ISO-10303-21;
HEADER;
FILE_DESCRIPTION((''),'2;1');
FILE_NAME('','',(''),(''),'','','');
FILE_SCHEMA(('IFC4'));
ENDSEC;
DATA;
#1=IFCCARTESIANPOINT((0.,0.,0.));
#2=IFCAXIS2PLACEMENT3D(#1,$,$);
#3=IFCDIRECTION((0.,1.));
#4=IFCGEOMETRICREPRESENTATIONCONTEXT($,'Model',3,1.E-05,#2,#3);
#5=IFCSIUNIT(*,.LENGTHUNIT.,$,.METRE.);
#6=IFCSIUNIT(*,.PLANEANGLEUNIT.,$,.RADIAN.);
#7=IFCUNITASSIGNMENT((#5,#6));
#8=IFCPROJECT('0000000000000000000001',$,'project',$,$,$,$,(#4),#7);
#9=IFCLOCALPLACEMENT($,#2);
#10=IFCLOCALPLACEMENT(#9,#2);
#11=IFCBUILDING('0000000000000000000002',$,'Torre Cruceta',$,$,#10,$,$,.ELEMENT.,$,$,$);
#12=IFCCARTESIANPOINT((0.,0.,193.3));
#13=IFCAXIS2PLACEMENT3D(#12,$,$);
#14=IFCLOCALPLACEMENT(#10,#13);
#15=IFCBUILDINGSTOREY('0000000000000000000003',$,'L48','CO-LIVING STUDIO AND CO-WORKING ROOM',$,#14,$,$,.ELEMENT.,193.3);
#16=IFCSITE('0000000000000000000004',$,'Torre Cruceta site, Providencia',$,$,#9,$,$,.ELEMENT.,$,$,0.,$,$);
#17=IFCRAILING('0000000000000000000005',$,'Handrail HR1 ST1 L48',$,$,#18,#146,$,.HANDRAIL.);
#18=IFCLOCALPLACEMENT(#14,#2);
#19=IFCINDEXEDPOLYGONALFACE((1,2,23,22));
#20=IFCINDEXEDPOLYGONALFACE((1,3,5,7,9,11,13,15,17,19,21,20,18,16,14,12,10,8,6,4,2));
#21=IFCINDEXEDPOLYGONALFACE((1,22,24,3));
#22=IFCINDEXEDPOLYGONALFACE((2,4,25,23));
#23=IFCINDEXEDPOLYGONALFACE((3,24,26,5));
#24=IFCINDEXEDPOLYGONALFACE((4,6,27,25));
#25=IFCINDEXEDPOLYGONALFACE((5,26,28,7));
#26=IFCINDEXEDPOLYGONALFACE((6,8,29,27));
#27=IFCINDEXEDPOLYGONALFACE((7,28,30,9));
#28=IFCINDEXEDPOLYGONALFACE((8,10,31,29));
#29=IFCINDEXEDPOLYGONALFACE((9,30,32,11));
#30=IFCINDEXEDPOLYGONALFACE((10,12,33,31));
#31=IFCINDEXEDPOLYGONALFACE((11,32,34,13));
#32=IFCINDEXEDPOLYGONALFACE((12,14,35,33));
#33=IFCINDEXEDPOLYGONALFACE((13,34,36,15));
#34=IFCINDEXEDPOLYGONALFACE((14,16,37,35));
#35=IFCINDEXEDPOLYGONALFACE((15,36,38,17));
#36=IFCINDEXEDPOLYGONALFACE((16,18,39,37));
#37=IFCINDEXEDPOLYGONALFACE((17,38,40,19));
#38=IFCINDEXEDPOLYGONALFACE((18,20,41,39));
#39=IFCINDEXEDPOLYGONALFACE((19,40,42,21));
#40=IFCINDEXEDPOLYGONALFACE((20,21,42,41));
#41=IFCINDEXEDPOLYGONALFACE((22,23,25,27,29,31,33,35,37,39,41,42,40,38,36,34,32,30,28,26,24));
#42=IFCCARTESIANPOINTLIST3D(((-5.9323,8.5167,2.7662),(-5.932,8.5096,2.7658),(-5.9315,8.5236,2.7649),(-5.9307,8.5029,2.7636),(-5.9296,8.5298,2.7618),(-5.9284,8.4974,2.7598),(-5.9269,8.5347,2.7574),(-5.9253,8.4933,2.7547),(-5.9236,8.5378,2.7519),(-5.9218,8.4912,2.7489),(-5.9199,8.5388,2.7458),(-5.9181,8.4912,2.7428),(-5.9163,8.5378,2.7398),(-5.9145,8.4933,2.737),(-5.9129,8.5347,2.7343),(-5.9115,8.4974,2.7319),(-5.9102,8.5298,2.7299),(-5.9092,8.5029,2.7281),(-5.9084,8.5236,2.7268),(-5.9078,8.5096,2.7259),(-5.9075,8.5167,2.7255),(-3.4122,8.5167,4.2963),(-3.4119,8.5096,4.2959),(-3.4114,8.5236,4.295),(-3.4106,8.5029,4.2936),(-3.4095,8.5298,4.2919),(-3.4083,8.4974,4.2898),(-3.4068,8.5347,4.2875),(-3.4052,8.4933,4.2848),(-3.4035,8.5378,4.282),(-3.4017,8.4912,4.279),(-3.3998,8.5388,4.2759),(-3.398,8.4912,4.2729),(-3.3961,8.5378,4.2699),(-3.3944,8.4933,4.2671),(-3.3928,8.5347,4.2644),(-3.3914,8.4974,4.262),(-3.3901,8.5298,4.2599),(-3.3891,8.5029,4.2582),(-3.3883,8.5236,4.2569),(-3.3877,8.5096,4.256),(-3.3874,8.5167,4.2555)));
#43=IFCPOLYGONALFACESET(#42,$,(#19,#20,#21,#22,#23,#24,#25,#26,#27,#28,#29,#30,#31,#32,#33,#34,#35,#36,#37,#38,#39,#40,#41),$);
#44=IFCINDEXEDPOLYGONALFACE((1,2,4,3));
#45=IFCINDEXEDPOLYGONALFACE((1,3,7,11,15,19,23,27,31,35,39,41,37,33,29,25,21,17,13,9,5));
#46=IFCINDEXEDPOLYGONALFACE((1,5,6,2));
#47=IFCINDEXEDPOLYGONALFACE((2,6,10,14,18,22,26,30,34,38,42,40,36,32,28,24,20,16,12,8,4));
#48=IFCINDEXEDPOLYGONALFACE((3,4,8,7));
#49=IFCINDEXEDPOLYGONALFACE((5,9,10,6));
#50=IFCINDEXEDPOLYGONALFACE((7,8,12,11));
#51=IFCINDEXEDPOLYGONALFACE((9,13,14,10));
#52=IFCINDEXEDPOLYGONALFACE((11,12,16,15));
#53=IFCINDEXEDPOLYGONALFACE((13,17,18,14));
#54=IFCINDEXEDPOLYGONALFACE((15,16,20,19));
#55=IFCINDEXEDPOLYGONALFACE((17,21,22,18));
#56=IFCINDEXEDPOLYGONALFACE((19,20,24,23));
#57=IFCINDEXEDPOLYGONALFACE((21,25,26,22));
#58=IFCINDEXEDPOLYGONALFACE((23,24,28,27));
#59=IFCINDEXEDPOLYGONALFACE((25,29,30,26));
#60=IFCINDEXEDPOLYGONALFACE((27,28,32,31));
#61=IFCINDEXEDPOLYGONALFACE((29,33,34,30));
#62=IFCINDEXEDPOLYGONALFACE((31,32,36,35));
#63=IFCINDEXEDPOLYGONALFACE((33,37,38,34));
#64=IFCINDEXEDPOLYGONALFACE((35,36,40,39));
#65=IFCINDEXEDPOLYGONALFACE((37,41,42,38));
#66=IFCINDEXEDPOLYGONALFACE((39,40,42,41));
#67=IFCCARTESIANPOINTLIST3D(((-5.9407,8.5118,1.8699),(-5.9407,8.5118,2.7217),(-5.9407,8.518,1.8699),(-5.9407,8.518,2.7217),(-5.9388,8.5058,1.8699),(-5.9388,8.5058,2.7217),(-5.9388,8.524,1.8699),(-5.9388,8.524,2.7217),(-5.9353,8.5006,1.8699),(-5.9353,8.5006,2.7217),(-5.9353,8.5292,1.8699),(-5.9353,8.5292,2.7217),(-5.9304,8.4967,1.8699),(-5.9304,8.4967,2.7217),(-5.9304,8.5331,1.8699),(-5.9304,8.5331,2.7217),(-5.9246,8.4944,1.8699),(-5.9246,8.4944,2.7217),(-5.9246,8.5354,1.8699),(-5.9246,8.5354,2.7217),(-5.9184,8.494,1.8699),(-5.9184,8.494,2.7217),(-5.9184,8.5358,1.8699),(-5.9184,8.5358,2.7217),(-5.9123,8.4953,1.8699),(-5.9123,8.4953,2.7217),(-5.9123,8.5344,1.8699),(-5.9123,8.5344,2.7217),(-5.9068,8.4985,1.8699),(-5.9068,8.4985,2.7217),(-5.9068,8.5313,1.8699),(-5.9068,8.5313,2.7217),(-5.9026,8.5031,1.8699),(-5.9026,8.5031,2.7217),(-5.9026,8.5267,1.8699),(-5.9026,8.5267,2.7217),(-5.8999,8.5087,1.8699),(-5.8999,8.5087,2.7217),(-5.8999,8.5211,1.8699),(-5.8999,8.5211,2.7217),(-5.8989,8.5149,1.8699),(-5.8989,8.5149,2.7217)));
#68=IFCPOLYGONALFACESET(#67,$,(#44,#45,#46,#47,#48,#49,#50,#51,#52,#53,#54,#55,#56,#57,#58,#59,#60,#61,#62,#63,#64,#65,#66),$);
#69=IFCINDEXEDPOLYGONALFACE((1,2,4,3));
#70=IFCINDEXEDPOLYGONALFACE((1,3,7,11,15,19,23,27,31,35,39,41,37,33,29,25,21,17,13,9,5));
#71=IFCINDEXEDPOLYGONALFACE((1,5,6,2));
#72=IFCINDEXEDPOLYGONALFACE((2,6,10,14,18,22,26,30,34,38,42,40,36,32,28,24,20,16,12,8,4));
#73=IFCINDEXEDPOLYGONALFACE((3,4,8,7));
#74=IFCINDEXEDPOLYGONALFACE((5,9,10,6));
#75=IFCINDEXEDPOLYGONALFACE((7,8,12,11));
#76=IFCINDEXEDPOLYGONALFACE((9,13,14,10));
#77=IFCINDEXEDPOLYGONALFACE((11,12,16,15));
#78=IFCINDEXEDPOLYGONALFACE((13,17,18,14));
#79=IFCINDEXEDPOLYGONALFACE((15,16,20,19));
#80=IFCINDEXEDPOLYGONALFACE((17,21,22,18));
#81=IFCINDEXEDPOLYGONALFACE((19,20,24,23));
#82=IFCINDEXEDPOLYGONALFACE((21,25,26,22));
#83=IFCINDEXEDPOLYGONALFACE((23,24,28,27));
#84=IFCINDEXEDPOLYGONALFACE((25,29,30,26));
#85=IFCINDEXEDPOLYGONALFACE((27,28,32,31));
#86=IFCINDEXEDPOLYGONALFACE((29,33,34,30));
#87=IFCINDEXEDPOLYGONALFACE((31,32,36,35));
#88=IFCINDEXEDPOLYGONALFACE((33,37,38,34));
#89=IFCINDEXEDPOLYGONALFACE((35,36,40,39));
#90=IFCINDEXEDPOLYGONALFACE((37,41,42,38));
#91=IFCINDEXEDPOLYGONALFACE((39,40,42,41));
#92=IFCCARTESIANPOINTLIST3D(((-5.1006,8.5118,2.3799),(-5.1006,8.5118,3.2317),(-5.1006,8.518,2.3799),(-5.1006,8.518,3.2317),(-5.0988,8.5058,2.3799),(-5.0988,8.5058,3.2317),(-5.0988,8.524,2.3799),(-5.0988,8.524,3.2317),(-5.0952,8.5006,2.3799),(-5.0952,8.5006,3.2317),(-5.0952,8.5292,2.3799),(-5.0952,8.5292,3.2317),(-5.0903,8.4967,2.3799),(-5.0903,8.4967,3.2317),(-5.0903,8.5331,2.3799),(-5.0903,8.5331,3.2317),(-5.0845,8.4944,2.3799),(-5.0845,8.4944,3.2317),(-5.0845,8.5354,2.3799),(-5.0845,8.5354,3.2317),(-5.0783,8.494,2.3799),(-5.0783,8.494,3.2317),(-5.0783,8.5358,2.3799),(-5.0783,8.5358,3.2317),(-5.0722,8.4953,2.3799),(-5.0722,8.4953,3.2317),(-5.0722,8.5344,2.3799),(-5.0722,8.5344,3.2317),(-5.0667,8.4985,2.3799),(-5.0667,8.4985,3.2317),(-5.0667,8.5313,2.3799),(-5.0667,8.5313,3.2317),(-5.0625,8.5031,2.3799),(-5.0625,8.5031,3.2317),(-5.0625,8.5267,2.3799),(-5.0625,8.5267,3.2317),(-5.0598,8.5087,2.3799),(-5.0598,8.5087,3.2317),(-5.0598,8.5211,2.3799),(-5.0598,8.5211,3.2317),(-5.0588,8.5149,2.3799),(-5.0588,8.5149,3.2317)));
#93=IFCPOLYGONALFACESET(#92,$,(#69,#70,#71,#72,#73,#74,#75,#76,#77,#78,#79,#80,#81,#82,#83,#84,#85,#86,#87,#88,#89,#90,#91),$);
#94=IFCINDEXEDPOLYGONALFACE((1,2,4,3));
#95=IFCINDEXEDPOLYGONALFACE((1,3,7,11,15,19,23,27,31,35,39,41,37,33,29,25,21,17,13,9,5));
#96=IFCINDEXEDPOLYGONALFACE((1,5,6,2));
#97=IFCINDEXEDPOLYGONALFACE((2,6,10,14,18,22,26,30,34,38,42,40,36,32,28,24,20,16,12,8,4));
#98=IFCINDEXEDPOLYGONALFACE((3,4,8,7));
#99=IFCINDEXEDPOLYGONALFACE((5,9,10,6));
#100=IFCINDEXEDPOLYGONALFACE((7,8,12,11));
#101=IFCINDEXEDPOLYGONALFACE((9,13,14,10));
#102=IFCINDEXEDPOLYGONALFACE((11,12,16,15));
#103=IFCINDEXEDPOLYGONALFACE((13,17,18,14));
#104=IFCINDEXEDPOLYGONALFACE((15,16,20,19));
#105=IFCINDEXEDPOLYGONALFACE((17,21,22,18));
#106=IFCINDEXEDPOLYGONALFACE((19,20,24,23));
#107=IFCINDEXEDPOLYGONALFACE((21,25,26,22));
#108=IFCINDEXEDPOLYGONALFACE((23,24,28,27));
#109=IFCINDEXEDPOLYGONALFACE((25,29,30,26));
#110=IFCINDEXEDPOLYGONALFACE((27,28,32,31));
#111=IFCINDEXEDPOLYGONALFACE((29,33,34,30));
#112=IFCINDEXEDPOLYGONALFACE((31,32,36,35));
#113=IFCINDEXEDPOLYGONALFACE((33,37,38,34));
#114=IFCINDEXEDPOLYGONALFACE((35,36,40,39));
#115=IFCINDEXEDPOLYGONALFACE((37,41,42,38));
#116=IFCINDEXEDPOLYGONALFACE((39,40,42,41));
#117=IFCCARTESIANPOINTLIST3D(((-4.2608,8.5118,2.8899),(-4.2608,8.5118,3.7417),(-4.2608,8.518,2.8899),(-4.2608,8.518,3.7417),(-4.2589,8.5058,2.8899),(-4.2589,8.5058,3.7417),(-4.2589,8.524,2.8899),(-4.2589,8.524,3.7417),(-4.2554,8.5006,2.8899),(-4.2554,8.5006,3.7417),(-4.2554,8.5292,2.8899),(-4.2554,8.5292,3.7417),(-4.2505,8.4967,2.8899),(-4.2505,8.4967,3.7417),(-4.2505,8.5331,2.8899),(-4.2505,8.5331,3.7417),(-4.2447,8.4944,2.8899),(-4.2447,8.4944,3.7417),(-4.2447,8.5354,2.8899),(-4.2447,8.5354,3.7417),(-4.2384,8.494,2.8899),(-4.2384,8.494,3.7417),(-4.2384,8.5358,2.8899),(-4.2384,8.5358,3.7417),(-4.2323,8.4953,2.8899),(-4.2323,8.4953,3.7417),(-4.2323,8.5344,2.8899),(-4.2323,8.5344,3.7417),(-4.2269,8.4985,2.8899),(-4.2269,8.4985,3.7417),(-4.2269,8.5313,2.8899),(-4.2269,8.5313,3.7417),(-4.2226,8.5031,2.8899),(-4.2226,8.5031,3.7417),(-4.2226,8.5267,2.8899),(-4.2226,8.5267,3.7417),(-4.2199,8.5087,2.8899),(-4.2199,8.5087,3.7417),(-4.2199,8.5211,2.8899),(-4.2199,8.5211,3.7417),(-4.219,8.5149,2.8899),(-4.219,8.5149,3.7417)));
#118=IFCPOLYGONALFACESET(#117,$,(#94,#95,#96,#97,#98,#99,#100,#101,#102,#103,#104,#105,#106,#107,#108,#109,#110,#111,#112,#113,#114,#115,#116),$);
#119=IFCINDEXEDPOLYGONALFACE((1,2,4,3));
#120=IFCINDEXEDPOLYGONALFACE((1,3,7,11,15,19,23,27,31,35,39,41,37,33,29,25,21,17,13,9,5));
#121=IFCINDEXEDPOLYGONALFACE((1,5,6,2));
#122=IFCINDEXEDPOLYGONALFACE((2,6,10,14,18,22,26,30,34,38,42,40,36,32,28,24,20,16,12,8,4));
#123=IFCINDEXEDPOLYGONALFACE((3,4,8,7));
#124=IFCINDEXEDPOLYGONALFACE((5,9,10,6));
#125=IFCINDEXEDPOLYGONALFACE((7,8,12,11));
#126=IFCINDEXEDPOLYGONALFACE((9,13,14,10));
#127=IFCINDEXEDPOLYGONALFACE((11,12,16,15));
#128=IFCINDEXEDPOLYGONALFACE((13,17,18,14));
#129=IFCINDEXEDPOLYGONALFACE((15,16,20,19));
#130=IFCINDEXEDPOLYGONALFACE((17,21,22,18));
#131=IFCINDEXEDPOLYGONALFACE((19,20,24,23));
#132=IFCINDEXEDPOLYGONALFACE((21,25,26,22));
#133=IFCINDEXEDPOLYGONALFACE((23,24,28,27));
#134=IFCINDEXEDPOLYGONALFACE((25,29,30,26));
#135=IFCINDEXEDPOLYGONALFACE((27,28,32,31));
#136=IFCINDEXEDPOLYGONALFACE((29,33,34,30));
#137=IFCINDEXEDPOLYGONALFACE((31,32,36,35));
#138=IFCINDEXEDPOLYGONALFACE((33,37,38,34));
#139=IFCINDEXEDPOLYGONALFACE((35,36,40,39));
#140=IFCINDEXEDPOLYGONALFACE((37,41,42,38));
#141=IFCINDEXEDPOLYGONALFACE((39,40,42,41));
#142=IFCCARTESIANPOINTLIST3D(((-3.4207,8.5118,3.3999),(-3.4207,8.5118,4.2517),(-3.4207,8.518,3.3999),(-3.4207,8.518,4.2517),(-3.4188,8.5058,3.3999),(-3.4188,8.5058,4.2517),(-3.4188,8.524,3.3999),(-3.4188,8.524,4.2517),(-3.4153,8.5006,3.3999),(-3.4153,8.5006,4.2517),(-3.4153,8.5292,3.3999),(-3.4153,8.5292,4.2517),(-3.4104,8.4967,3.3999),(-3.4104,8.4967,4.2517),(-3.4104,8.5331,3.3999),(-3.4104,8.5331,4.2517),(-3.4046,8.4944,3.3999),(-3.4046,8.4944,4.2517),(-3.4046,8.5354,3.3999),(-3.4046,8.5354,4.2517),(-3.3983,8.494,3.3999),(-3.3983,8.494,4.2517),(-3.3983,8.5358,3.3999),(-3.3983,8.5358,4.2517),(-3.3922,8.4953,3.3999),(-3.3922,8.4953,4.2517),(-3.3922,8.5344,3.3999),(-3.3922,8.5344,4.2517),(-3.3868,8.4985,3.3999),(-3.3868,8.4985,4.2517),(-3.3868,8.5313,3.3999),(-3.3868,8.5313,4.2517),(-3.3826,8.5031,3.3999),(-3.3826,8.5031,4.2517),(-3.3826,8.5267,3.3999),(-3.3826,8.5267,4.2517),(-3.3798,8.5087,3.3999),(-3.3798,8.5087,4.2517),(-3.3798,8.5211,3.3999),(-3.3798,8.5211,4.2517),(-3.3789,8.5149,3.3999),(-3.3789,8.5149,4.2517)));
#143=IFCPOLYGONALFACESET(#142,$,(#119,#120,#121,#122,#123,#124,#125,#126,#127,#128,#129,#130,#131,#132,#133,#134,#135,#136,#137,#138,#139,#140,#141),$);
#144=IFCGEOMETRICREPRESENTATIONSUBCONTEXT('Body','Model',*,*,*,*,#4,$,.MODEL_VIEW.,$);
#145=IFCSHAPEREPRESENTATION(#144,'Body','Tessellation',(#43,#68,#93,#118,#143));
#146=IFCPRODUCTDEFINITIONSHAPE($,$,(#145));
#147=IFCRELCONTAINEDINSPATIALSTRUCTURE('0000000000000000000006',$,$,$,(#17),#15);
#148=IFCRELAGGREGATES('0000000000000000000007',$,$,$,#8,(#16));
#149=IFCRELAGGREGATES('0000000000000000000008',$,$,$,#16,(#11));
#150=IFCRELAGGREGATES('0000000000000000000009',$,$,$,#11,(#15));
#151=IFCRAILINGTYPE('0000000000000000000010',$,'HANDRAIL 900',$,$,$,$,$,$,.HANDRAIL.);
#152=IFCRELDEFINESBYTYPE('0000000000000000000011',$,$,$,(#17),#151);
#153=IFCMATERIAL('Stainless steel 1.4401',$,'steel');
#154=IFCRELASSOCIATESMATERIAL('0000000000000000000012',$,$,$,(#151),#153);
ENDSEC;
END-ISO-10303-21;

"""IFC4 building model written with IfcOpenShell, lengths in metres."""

from ifc_helpers import new_model, si_unit, direction, frame, origin, origin_2d, place, context, subcontext, project, spatial, circle, extrude, material, type_object, element, save


model = new_model("IFC4")

# Units and contexts
model_context = context("Model", 3, precision=1e-05, world=origin(), true_north=direction((0.0, 1.0)))
body_context = subcontext(model_context, "Body", "Model", "MODEL_VIEW")
ifc_project = project(units=[si_unit("LENGTHUNIT", "METRE"), si_unit("PLANEANGLEUNIT", "RADIAN")], contexts=[model_context])

# Site, building, storey
site_placement = place(None, origin())
site = spatial("IfcSite", under=ifc_project, at=site_placement, Name="Torre Cruceta site, Providencia", CompositionType="ELEMENT", RefElevation=0.0)
building_placement = place(site_placement, origin())
building = spatial("IfcBuilding", under=site, at=building_placement, Name="Torre Cruceta", CompositionType="ELEMENT")
storey_placement = place(building_placement, frame((0.0, 0.0, 193.3)))
storey = spatial("IfcBuildingStorey", under=building, at=storey_placement, Name="L48", Description="CO-LIVING STUDIO AND CO-WORKING ROOM", CompositionType="ELEMENT", Elevation=193.3)

# Railing
ifc_material_1 = material(Name="Stainless steel 1.4401", Category="steel")
railing_type = type_object("IfcRailingType", Name="HANDRAIL 900", PredefinedType="HANDRAIL", material=ifc_material_1)
railing_1_placement = place(storey_placement, frame((-5.9199, 8.5149, 1.8699)))
element("IfcRailing", 1, at=railing_1_placement, inside=storey, type_object=railing_type, Name="Handrail HR1 ST1 L48", PredefinedType="HANDRAIL", context=body_context, shape_type="SweptSolid", body=[
    extrude(circle(Radius=0.0239, at=origin_2d()), frame((0.0, 0.0, 0.876), z_axis=(0.854785, 0.0, 0.518982), x_axis=(0.0, 1.0, 0.0)), (0.0, 0.0, 1.0), 2.9482),
    extrude(circle(Radius=0.021, at=origin_2d()), origin(), (0.0, 0.0, 1.0), 0.8518),
    extrude(circle(Radius=0.021, at=origin_2d()), frame((0.8401, 0.0, 0.51)), (0.0, 0.0, 1.0), 0.8518),
    extrude(circle(Radius=0.021, at=origin_2d()), frame((1.6799, 0.0, 1.02)), (0.0, 0.0, 1.0), 0.8518),
    extrude(circle(Radius=0.021, at=origin_2d()), frame((2.52, 0.0, 1.53)), (0.0, 0.0, 1.0), 0.8518),
])

save(model, "model.ifc")
